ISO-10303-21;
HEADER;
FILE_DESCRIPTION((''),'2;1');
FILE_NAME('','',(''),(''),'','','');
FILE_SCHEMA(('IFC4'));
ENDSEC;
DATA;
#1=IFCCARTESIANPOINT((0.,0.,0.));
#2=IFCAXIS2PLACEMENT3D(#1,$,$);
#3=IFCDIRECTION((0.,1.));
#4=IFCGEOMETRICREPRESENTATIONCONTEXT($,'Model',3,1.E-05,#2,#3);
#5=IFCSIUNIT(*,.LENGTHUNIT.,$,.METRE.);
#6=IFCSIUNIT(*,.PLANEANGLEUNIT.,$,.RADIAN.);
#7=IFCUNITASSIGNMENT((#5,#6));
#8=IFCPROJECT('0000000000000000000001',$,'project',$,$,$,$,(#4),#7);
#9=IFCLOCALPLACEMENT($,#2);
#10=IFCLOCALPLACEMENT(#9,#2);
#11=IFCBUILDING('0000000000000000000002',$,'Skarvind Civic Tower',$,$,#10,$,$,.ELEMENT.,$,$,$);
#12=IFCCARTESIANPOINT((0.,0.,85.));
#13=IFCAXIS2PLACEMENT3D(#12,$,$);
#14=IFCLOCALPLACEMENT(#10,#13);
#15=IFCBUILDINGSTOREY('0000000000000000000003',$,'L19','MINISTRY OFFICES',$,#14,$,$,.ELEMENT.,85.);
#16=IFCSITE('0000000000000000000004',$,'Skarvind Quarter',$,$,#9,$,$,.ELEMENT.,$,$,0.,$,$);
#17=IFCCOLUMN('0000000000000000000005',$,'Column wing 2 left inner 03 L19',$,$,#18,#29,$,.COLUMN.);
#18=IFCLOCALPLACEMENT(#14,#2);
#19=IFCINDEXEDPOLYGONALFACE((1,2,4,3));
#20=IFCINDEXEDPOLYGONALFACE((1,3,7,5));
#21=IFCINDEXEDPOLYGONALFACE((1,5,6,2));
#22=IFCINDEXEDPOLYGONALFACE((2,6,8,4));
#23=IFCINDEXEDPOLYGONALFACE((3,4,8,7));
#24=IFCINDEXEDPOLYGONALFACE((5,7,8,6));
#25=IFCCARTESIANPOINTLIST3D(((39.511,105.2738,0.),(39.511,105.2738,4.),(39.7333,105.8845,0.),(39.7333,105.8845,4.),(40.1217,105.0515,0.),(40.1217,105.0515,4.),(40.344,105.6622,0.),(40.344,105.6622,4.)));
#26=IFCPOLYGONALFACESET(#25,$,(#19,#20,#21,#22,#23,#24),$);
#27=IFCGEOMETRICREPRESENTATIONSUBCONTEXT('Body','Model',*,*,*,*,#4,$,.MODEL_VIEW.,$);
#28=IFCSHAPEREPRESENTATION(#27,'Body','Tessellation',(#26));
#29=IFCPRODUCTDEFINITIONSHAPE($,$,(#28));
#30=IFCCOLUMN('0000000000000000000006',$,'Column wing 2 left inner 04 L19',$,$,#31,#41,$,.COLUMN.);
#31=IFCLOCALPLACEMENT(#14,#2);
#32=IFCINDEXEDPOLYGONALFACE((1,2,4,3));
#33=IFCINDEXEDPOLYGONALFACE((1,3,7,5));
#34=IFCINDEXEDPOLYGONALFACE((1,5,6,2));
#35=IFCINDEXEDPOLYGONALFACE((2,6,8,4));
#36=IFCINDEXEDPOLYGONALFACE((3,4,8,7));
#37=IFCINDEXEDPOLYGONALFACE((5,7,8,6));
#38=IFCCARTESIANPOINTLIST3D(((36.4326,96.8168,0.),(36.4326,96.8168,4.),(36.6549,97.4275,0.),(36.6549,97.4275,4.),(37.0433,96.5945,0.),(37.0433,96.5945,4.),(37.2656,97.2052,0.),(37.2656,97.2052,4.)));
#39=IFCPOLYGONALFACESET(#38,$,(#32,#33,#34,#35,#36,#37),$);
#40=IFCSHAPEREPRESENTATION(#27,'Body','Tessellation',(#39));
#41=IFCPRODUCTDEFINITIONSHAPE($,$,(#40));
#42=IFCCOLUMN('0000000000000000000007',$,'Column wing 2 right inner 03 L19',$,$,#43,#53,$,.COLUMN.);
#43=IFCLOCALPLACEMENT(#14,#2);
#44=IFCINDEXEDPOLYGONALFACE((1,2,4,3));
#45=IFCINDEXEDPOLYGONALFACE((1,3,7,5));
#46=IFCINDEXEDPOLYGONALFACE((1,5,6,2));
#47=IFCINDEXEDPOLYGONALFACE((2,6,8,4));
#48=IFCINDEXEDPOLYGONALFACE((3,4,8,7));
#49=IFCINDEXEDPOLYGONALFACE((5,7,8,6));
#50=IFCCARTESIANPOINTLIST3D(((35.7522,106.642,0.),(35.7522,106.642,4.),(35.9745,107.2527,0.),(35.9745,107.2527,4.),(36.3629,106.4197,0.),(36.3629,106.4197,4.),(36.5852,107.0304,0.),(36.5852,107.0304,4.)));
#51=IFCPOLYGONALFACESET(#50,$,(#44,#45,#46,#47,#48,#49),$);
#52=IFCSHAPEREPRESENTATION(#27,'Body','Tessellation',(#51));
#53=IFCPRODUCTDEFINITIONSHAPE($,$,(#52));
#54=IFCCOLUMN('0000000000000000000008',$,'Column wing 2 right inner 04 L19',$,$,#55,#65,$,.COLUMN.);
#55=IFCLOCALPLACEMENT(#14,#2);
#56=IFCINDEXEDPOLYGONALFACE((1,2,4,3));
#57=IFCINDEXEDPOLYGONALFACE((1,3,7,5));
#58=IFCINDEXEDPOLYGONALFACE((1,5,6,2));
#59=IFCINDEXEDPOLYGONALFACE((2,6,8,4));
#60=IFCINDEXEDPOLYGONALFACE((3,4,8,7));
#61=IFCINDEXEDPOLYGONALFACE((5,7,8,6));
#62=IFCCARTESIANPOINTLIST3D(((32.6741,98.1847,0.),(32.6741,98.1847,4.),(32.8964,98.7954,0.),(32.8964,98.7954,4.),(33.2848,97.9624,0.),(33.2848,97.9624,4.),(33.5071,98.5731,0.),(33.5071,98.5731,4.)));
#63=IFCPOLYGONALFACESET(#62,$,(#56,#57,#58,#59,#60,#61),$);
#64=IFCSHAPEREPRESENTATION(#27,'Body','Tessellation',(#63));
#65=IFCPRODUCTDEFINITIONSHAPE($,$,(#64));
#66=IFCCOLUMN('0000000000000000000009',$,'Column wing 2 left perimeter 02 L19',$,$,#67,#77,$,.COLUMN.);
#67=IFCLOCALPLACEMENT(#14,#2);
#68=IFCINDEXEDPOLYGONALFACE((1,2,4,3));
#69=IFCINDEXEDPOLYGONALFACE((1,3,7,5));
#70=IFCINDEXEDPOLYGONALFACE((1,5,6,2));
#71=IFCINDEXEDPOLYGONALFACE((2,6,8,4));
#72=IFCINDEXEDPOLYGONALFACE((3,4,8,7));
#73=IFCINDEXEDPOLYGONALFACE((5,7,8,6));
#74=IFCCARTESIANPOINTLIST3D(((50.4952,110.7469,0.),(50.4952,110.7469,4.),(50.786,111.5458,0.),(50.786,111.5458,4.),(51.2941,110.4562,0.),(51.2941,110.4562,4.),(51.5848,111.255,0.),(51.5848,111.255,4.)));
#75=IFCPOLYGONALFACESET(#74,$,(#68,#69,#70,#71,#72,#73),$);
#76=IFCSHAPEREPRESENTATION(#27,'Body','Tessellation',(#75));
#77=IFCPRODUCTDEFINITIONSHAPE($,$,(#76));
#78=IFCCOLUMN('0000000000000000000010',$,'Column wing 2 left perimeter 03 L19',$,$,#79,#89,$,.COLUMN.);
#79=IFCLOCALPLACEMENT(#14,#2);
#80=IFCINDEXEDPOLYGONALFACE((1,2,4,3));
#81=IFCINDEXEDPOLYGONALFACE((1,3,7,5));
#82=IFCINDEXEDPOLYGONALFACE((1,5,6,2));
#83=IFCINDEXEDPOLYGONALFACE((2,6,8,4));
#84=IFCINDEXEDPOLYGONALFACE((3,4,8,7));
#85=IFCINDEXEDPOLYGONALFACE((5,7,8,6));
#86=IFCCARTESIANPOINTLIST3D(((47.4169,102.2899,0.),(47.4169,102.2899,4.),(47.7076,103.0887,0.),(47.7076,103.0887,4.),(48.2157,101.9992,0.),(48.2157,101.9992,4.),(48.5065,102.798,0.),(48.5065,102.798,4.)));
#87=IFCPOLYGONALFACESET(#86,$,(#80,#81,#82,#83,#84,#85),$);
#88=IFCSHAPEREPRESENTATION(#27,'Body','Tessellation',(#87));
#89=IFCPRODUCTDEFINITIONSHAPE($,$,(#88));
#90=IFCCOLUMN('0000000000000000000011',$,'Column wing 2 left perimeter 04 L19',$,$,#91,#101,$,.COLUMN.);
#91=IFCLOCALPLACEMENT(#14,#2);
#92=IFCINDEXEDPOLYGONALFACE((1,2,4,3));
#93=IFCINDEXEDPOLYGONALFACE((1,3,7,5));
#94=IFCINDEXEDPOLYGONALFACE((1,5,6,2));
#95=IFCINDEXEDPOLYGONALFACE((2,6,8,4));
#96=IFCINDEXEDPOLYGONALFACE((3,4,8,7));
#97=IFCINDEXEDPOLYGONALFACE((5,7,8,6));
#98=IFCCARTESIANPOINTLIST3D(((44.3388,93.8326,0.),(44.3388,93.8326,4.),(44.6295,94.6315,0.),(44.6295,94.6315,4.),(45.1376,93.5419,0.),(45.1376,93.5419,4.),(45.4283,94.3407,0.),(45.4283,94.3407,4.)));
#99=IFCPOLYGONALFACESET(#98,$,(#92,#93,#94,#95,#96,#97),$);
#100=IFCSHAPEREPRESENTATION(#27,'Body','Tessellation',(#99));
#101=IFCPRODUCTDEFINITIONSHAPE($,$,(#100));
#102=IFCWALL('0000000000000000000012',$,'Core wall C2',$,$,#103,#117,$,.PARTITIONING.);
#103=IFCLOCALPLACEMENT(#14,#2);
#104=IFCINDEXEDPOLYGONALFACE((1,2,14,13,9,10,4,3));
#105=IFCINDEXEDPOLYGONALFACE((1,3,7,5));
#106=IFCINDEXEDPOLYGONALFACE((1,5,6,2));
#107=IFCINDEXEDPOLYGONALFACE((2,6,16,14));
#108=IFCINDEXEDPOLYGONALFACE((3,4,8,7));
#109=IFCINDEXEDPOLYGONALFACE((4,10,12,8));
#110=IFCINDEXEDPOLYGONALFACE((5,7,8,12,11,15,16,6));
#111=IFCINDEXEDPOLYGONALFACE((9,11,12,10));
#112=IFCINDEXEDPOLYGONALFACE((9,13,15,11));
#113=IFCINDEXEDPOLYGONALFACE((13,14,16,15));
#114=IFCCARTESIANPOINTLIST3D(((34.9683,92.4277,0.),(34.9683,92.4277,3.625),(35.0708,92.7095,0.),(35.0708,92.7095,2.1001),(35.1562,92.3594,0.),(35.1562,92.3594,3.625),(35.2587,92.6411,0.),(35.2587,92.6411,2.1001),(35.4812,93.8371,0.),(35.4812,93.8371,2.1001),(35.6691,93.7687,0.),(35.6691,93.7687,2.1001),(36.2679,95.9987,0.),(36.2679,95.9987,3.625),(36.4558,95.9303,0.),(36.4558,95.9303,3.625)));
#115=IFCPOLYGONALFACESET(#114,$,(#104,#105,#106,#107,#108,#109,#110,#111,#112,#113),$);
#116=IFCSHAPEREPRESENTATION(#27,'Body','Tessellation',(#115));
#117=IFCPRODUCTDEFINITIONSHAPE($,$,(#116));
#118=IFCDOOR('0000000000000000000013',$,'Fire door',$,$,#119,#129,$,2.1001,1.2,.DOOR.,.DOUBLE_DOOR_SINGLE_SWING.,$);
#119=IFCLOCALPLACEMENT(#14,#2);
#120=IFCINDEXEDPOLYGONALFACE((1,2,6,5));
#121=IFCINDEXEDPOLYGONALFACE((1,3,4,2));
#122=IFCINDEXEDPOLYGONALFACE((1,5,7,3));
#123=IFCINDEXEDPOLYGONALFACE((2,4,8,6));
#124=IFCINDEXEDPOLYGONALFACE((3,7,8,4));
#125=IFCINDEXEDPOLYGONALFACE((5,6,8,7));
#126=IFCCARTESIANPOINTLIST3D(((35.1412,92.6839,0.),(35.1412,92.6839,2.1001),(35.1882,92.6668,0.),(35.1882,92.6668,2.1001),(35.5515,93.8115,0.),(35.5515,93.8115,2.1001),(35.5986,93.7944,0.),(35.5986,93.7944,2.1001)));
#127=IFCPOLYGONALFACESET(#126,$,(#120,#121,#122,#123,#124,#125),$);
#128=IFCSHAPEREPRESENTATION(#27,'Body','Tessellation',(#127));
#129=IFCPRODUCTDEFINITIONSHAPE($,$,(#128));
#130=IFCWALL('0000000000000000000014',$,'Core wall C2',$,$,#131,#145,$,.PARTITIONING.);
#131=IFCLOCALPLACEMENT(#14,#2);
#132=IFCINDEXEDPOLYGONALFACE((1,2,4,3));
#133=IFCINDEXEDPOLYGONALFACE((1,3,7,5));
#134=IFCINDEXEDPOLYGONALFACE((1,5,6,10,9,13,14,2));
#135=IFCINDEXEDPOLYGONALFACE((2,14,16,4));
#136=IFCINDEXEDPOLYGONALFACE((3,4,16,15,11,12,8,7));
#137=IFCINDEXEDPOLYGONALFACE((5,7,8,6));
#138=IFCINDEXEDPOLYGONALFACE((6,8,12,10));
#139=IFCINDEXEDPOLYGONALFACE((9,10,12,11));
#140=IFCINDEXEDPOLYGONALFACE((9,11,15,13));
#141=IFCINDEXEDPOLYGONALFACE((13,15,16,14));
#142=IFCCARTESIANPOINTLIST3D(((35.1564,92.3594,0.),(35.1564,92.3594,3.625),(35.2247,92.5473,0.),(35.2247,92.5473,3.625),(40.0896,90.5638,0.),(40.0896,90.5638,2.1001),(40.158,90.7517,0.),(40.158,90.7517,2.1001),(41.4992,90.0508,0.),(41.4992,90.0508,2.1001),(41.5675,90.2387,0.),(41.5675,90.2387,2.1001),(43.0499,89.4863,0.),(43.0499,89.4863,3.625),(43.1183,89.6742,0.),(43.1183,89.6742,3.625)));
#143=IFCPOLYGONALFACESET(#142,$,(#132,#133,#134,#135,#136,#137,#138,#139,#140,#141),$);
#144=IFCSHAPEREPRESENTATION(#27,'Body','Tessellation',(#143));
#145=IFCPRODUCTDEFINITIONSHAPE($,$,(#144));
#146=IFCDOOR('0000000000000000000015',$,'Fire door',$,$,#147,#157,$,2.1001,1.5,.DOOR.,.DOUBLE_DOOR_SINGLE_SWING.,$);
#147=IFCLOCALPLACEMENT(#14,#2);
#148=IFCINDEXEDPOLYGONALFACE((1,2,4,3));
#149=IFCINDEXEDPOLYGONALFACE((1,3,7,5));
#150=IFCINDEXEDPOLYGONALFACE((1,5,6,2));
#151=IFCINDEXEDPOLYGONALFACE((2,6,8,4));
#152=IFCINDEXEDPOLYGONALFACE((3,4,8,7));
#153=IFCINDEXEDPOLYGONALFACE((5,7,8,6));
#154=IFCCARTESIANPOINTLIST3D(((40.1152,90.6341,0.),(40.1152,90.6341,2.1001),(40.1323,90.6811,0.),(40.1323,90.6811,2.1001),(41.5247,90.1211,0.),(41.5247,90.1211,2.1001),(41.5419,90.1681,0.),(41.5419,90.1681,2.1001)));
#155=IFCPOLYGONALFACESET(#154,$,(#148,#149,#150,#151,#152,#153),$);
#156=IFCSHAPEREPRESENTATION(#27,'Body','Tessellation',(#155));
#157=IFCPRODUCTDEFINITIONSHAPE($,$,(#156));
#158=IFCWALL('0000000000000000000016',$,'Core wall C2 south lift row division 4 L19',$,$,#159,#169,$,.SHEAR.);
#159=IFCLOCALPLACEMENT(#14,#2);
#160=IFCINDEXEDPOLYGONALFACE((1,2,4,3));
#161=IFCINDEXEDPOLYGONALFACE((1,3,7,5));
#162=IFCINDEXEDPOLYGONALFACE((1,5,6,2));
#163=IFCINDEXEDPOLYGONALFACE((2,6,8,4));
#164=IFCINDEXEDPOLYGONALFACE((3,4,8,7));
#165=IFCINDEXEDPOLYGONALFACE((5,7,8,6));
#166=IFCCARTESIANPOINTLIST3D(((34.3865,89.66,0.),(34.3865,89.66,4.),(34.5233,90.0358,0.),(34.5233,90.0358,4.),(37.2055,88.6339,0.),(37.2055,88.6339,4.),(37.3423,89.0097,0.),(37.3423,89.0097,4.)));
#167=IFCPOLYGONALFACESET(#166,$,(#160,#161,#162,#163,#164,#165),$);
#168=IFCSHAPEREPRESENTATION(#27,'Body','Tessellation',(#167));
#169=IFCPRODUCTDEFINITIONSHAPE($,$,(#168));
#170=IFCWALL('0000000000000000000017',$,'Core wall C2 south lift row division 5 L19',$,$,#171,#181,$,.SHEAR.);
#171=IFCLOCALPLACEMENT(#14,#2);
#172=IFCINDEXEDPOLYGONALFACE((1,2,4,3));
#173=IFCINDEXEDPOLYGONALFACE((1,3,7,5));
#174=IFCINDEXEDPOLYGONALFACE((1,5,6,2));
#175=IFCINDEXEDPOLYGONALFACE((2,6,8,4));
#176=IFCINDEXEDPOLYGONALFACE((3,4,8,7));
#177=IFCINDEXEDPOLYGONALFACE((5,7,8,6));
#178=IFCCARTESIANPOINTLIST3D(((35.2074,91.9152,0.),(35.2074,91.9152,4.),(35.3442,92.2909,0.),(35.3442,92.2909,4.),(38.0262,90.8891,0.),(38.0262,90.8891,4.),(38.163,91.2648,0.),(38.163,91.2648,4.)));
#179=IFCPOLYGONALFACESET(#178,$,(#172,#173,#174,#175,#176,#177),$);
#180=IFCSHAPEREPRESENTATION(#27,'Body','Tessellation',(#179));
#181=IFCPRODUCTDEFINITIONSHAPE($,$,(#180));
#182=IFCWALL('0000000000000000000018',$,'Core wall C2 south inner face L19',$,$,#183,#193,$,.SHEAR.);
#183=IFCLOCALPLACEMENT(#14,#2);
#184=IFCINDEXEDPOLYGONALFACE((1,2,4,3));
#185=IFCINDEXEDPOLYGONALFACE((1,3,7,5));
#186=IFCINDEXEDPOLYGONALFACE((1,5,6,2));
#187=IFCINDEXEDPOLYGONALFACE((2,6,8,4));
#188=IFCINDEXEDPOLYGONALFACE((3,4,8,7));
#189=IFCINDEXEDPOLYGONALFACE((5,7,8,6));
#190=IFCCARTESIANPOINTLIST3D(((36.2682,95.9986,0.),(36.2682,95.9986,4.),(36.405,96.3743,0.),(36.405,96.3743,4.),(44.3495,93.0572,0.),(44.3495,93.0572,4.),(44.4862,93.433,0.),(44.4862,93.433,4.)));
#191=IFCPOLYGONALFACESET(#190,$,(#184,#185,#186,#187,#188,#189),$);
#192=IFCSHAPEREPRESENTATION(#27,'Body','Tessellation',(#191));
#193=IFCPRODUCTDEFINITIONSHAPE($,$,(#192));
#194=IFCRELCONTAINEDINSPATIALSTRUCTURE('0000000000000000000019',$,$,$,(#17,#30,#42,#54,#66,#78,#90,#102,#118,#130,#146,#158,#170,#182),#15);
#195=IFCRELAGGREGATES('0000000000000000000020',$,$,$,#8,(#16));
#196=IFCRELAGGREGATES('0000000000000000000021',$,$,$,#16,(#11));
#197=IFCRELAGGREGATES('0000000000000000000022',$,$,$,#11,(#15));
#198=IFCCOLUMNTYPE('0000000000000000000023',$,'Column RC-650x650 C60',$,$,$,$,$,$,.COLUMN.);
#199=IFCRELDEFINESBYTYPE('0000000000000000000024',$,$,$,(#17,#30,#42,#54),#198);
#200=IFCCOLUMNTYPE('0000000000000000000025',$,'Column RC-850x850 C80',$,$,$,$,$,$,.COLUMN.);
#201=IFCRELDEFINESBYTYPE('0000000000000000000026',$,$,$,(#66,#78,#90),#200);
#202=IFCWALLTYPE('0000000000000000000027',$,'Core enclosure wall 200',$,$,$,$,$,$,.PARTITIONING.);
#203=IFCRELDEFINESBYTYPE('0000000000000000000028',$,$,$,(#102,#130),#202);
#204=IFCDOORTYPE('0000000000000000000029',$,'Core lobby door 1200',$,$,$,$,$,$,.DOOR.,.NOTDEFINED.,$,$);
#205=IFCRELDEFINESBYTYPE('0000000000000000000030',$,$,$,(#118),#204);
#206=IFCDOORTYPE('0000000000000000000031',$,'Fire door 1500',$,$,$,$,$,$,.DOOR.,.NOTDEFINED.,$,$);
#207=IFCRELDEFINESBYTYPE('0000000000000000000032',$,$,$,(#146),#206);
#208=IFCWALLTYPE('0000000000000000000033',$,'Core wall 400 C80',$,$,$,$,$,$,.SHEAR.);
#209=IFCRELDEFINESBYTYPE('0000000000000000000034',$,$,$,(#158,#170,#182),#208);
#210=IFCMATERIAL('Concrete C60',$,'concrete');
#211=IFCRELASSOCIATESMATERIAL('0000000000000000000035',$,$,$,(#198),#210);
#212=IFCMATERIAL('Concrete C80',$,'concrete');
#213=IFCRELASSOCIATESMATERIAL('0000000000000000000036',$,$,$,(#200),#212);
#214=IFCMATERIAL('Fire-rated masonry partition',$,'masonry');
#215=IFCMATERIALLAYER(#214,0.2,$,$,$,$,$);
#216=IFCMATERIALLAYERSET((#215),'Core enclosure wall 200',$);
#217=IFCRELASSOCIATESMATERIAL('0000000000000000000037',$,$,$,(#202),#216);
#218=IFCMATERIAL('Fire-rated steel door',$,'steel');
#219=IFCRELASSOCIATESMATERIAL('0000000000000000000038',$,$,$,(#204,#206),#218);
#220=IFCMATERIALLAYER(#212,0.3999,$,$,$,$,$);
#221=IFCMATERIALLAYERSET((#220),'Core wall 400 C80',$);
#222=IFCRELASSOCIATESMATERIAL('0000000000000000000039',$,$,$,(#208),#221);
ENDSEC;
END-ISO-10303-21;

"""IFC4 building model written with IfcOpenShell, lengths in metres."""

from ifc_helpers import new_model, si_unit, direction, frame, frame_2d, origin, origin_2d, place, context, subcontext, project, spatial, rectangle, extrude, material, layer, layer_set, material_profile, profile_set, type_object, element, fill, save


model = new_model("IFC4")

# Units and contexts
model_context = context("Model", 3, precision=1e-05, world=origin(), true_north=direction((0.0, 1.0)))
body_context = subcontext(model_context, "Body", "Model", "MODEL_VIEW")
ifc_project = project(units=[si_unit("LENGTHUNIT", "METRE"), si_unit("PLANEANGLEUNIT", "RADIAN")], contexts=[model_context])

# Site, building, storey
site_placement = place(None, origin())
site = spatial("IfcSite", under=ifc_project, at=site_placement, Name="Skarvind Quarter", CompositionType="ELEMENT", RefElevation=0.0)
building_placement = place(site_placement, origin())
building = spatial("IfcBuilding", under=site, at=building_placement, Name="Skarvind Civic Tower", CompositionType="ELEMENT")
storey_placement = place(building_placement, frame((0.0, 0.0, 85.0)))
storey = spatial("IfcBuildingStorey", under=building, at=storey_placement, Name="L19", Description="MINISTRY OFFICES", CompositionType="ELEMENT", Elevation=85.0)

# Columns
ifc_material_1 = material(Name="Concrete C60", Category="concrete")
ifc_material_profile_1 = material_profile(ifc_material_1, rectangle(XDim=0.6499, YDim=0.6499, at=origin_2d()), Name="RC-650x650")
ifc_profile_set_1 = profile_set([ifc_material_profile_1], Name="Concrete C60")
column_type_1 = type_object("IfcColumnType", Name="Column RC-650x650 C60", PredefinedType="COLUMN", material=ifc_profile_set_1)
for number, where, z_axis, x_axis, name in (
    (1, (39.9275, 105.468, 0.0), (0.0, 0.0, 1.0), (-0.34202, -0.939693, 0.0), "Column wing 2 left inner 03 L19"),
    (2, (36.8491, 97.011, 0.0), (0.0, 0.0, 1.0), (-0.34202, -0.939693, 0.0), "Column wing 2 left inner 04 L19"),
    (3, (36.1687, 106.8362, 0.0), (0.0, 0.0, 1.0), (-0.34202, -0.939693, 0.0), "Column wing 2 right inner 03 L19"),
    (4, (33.0906, 98.3789, 0.0), (0.0, 0.0, 1.0), (-0.34202, -0.939693, 0.0), "Column wing 2 right inner 04 L19"),
):
    element("IfcColumn", number, at=place(storey_placement, frame(where, z_axis=z_axis, x_axis=x_axis)), inside=storey, type_object=column_type_1, Name=name, PredefinedType="COLUMN", context=body_context, shape_type="SweptSolid", body=[
        extrude(rectangle(XDim=0.6499, YDim=0.6499, at=origin_2d()), origin(), (0.0, 0.0, 1.0), 4.0),
    ])
ifc_material_2 = material(Name="Concrete C80", Category="concrete")
ifc_material_profile_2 = material_profile(ifc_material_2, rectangle(XDim=0.8501, YDim=0.8501, at=origin_2d()), Name="RC-850x850")
ifc_profile_set_2 = profile_set([ifc_material_profile_2], Name="Concrete C80")
column_type_2 = type_object("IfcColumnType", Name="Column RC-850x850 C80", PredefinedType="COLUMN", material=ifc_profile_set_2)
for number, where, z_axis, x_axis, name in (
    (5, (51.04, 111.001, 0.0), (0.0, 0.0, 1.0), (-0.34202, -0.939693, 0.0), "Column wing 2 left perimeter 02 L19"),
    (6, (47.9617, 102.5439, 0.0), (0.0, 0.0, 1.0), (-0.34202, -0.939693, 0.0), "Column wing 2 left perimeter 03 L19"),
    (7, (44.8835, 94.0867, 0.0), (0.0, 0.0, 1.0), (-0.34202, -0.939693, 0.0), "Column wing 2 left perimeter 04 L19"),
):
    element("IfcColumn", number, at=place(storey_placement, frame(where, z_axis=z_axis, x_axis=x_axis)), inside=storey, type_object=column_type_2, Name=name, PredefinedType="COLUMN", context=body_context, shape_type="SweptSolid", body=[
        extrude(rectangle(XDim=0.8501, YDim=0.8501, at=origin_2d()), origin(), (0.0, 0.0, 1.0), 4.0),
    ])

# Walls, openings, doors
ifc_material_3 = material(Name="Fire-rated masonry partition", Category="masonry")
ifc_layer_1 = layer(ifc_material_3, 0.2)
ifc_layer_set_1 = layer_set([ifc_layer_1], Name="Core enclosure wall 200")
wall_type_1 = type_object("IfcWallType", Name="Core enclosure wall 200", PredefinedType="PARTITIONING", material=ifc_layer_set_1)
wall_1_placement = place(storey_placement, frame((36.3618, 95.9644, 0.0), z_axis=(0.0, 0.0, 1.0), x_axis=(-0.341996, -0.939701, 0.0)))
wall_1 = element("IfcWall", 8, at=wall_1_placement, inside=storey, type_object=wall_type_1, Name="Core wall C2", PredefinedType="PARTITIONING", context=body_context, shape_type="SweptSolid", body=[
    extrude(rectangle(XDim=3.8, YDim=0.2, at=frame_2d((1.8999, 0.0))), origin(), (0.0, 0.0, 1.0), 3.625),
])
opening_1_placement = place(wall_1_placement, frame((2.3, 0.0, 0.0)))
opening_1 = element("IfcOpeningElement", 9, at=opening_1_placement, cuts=wall_1, PredefinedType="OPENING", context=body_context, shape_type="SweptSolid", body=[
    extrude(rectangle(XDim=1.2, YDim=2.1001, at=frame_2d((0.6001, 1.05))), frame((0.0, 0.1099, 0.0), z_axis=(0.0, -1.0, 0.0), x_axis=(1.0, 0.0, 0.0)), (0.0, 0.0, 1.0), 0.22),
])
ifc_material_4 = material(Name="Fire-rated steel door", Category="steel")
door_type_1 = type_object("IfcDoorType", Name="Core lobby door 1200", OperationType="NOTDEFINED", PredefinedType="DOOR", material=ifc_material_4)
door_1_placement = place(opening_1_placement, origin())
door_1 = element("IfcDoor", 10, at=door_1_placement, inside=storey, type_object=door_type_1, Name="Fire door", OperationType="DOUBLE_DOOR_SINGLE_SWING", OverallHeight=2.1001, OverallWidth=1.2, PredefinedType="DOOR", context=body_context, shape_type="SweptSolid", body=[
    extrude(rectangle(XDim=1.2, YDim=2.1001, at=frame_2d((0.6001, 1.05))), frame((0.0, 0.0249, 0.0), z_axis=(0.0, -1.0, 0.0), x_axis=(1.0, 0.0, 0.0)), (0.0, 0.0, 1.0), 0.05),
])
fill(opening_1, door_1)
wall_2_placement = place(storey_placement, frame((35.1904, 92.4534, 0.0), z_axis=(0.0, 0.0, 1.0), x_axis=(0.939692, -0.342023, 0.0)))
wall_2 = element("IfcWall", 11, at=wall_2_placement, inside=storey, type_object=wall_type_1, Name="Core wall C2", PredefinedType="PARTITIONING", context=body_context, shape_type="SweptSolid", body=[
    extrude(rectangle(XDim=8.4001, YDim=0.2, at=frame_2d((4.2002, 0.0))), origin(), (0.0, 0.0, 1.0), 3.625),
])
opening_2_placement = place(wall_2_placement, frame((5.25, 0.0, 0.0)))
opening_2 = element("IfcOpeningElement", 12, at=opening_2_placement, cuts=wall_2, PredefinedType="OPENING", context=body_context, shape_type="SweptSolid", body=[
    extrude(rectangle(XDim=1.5, YDim=2.1001, at=frame_2d((0.75, 1.05))), frame((0.0, 0.1099, 0.0), z_axis=(0.0, -1.0, 0.0), x_axis=(1.0, 0.0, 0.0)), (0.0, 0.0, 1.0), 0.22),
])
door_type_2 = type_object("IfcDoorType", Name="Fire door 1500", OperationType="NOTDEFINED", PredefinedType="DOOR", material=ifc_material_4)
door_2_placement = place(opening_2_placement, origin())
door_2 = element("IfcDoor", 13, at=door_2_placement, inside=storey, type_object=door_type_2, Name="Fire door", OperationType="DOUBLE_DOOR_SINGLE_SWING", OverallHeight=2.1001, OverallWidth=1.5, PredefinedType="DOOR", context=body_context, shape_type="SweptSolid", body=[
    extrude(rectangle(XDim=1.5, YDim=2.1001, at=frame_2d((0.75, 1.05))), frame((0.0, 0.0249, 0.0), z_axis=(0.0, -1.0, 0.0), x_axis=(1.0, 0.0, 0.0)), (0.0, 0.0, 1.0), 0.05),
])
fill(opening_2, door_2)

# Walls
ifc_layer_2 = layer(ifc_material_2, 0.3999)
ifc_layer_set_2 = layer_set([ifc_layer_2], Name="Core wall 400 C80")
wall_type_2 = type_object("IfcWallType", Name="Core wall 400 C80", PredefinedType="SHEAR", material=ifc_layer_set_2)
wall_3_placement = place(storey_placement, frame((37.2739, 88.8218, 0.0), z_axis=(0.0, 0.0, 1.0), x_axis=(-0.939686, 0.342037, 0.0)))
element("IfcWall", 14, at=wall_3_placement, inside=storey, type_object=wall_type_2, Name="Core wall C2 south lift row division 4 L19", PredefinedType="SHEAR", context=body_context, shape_type="SweptSolid", body=[
    extrude(rectangle(XDim=3.0, YDim=0.3999, at=frame_2d((1.5, 0.0))), origin(), (0.0, 0.0, 1.0), 4.0),
])
wall_4_placement = place(storey_placement, frame((38.0947, 91.0769, 0.0), z_axis=(0.0, 0.0, 1.0), x_axis=(-0.939677, 0.342063, 0.0)))
element("IfcWall", 15, at=wall_4_placement, inside=storey, type_object=wall_type_2, Name="Core wall C2 south lift row division 5 L19", PredefinedType="SHEAR", context=body_context, shape_type="SweptSolid", body=[
    extrude(rectangle(XDim=2.9998, YDim=0.3999, at=frame_2d((1.5, 0.0))), origin(), (0.0, 0.0, 1.0), 4.0),
])
wall_5_placement = place(storey_placement, frame((44.4177, 93.2451, 0.0), z_axis=(0.0, 0.0, 1.0), x_axis=(-0.939691, 0.342026, 0.0)))
element("IfcWall", 16, at=wall_5_placement, inside=storey, type_object=wall_type_2, Name="Core wall C2 south inner face L19", PredefinedType="SHEAR", context=body_context, shape_type="SweptSolid", body=[
    extrude(rectangle(XDim=8.5999, YDim=0.3999, at=frame_2d((4.2998, 0.0))), origin(), (0.0, 0.0, 1.0), 4.0),
])

save(model, "model.ifc")
